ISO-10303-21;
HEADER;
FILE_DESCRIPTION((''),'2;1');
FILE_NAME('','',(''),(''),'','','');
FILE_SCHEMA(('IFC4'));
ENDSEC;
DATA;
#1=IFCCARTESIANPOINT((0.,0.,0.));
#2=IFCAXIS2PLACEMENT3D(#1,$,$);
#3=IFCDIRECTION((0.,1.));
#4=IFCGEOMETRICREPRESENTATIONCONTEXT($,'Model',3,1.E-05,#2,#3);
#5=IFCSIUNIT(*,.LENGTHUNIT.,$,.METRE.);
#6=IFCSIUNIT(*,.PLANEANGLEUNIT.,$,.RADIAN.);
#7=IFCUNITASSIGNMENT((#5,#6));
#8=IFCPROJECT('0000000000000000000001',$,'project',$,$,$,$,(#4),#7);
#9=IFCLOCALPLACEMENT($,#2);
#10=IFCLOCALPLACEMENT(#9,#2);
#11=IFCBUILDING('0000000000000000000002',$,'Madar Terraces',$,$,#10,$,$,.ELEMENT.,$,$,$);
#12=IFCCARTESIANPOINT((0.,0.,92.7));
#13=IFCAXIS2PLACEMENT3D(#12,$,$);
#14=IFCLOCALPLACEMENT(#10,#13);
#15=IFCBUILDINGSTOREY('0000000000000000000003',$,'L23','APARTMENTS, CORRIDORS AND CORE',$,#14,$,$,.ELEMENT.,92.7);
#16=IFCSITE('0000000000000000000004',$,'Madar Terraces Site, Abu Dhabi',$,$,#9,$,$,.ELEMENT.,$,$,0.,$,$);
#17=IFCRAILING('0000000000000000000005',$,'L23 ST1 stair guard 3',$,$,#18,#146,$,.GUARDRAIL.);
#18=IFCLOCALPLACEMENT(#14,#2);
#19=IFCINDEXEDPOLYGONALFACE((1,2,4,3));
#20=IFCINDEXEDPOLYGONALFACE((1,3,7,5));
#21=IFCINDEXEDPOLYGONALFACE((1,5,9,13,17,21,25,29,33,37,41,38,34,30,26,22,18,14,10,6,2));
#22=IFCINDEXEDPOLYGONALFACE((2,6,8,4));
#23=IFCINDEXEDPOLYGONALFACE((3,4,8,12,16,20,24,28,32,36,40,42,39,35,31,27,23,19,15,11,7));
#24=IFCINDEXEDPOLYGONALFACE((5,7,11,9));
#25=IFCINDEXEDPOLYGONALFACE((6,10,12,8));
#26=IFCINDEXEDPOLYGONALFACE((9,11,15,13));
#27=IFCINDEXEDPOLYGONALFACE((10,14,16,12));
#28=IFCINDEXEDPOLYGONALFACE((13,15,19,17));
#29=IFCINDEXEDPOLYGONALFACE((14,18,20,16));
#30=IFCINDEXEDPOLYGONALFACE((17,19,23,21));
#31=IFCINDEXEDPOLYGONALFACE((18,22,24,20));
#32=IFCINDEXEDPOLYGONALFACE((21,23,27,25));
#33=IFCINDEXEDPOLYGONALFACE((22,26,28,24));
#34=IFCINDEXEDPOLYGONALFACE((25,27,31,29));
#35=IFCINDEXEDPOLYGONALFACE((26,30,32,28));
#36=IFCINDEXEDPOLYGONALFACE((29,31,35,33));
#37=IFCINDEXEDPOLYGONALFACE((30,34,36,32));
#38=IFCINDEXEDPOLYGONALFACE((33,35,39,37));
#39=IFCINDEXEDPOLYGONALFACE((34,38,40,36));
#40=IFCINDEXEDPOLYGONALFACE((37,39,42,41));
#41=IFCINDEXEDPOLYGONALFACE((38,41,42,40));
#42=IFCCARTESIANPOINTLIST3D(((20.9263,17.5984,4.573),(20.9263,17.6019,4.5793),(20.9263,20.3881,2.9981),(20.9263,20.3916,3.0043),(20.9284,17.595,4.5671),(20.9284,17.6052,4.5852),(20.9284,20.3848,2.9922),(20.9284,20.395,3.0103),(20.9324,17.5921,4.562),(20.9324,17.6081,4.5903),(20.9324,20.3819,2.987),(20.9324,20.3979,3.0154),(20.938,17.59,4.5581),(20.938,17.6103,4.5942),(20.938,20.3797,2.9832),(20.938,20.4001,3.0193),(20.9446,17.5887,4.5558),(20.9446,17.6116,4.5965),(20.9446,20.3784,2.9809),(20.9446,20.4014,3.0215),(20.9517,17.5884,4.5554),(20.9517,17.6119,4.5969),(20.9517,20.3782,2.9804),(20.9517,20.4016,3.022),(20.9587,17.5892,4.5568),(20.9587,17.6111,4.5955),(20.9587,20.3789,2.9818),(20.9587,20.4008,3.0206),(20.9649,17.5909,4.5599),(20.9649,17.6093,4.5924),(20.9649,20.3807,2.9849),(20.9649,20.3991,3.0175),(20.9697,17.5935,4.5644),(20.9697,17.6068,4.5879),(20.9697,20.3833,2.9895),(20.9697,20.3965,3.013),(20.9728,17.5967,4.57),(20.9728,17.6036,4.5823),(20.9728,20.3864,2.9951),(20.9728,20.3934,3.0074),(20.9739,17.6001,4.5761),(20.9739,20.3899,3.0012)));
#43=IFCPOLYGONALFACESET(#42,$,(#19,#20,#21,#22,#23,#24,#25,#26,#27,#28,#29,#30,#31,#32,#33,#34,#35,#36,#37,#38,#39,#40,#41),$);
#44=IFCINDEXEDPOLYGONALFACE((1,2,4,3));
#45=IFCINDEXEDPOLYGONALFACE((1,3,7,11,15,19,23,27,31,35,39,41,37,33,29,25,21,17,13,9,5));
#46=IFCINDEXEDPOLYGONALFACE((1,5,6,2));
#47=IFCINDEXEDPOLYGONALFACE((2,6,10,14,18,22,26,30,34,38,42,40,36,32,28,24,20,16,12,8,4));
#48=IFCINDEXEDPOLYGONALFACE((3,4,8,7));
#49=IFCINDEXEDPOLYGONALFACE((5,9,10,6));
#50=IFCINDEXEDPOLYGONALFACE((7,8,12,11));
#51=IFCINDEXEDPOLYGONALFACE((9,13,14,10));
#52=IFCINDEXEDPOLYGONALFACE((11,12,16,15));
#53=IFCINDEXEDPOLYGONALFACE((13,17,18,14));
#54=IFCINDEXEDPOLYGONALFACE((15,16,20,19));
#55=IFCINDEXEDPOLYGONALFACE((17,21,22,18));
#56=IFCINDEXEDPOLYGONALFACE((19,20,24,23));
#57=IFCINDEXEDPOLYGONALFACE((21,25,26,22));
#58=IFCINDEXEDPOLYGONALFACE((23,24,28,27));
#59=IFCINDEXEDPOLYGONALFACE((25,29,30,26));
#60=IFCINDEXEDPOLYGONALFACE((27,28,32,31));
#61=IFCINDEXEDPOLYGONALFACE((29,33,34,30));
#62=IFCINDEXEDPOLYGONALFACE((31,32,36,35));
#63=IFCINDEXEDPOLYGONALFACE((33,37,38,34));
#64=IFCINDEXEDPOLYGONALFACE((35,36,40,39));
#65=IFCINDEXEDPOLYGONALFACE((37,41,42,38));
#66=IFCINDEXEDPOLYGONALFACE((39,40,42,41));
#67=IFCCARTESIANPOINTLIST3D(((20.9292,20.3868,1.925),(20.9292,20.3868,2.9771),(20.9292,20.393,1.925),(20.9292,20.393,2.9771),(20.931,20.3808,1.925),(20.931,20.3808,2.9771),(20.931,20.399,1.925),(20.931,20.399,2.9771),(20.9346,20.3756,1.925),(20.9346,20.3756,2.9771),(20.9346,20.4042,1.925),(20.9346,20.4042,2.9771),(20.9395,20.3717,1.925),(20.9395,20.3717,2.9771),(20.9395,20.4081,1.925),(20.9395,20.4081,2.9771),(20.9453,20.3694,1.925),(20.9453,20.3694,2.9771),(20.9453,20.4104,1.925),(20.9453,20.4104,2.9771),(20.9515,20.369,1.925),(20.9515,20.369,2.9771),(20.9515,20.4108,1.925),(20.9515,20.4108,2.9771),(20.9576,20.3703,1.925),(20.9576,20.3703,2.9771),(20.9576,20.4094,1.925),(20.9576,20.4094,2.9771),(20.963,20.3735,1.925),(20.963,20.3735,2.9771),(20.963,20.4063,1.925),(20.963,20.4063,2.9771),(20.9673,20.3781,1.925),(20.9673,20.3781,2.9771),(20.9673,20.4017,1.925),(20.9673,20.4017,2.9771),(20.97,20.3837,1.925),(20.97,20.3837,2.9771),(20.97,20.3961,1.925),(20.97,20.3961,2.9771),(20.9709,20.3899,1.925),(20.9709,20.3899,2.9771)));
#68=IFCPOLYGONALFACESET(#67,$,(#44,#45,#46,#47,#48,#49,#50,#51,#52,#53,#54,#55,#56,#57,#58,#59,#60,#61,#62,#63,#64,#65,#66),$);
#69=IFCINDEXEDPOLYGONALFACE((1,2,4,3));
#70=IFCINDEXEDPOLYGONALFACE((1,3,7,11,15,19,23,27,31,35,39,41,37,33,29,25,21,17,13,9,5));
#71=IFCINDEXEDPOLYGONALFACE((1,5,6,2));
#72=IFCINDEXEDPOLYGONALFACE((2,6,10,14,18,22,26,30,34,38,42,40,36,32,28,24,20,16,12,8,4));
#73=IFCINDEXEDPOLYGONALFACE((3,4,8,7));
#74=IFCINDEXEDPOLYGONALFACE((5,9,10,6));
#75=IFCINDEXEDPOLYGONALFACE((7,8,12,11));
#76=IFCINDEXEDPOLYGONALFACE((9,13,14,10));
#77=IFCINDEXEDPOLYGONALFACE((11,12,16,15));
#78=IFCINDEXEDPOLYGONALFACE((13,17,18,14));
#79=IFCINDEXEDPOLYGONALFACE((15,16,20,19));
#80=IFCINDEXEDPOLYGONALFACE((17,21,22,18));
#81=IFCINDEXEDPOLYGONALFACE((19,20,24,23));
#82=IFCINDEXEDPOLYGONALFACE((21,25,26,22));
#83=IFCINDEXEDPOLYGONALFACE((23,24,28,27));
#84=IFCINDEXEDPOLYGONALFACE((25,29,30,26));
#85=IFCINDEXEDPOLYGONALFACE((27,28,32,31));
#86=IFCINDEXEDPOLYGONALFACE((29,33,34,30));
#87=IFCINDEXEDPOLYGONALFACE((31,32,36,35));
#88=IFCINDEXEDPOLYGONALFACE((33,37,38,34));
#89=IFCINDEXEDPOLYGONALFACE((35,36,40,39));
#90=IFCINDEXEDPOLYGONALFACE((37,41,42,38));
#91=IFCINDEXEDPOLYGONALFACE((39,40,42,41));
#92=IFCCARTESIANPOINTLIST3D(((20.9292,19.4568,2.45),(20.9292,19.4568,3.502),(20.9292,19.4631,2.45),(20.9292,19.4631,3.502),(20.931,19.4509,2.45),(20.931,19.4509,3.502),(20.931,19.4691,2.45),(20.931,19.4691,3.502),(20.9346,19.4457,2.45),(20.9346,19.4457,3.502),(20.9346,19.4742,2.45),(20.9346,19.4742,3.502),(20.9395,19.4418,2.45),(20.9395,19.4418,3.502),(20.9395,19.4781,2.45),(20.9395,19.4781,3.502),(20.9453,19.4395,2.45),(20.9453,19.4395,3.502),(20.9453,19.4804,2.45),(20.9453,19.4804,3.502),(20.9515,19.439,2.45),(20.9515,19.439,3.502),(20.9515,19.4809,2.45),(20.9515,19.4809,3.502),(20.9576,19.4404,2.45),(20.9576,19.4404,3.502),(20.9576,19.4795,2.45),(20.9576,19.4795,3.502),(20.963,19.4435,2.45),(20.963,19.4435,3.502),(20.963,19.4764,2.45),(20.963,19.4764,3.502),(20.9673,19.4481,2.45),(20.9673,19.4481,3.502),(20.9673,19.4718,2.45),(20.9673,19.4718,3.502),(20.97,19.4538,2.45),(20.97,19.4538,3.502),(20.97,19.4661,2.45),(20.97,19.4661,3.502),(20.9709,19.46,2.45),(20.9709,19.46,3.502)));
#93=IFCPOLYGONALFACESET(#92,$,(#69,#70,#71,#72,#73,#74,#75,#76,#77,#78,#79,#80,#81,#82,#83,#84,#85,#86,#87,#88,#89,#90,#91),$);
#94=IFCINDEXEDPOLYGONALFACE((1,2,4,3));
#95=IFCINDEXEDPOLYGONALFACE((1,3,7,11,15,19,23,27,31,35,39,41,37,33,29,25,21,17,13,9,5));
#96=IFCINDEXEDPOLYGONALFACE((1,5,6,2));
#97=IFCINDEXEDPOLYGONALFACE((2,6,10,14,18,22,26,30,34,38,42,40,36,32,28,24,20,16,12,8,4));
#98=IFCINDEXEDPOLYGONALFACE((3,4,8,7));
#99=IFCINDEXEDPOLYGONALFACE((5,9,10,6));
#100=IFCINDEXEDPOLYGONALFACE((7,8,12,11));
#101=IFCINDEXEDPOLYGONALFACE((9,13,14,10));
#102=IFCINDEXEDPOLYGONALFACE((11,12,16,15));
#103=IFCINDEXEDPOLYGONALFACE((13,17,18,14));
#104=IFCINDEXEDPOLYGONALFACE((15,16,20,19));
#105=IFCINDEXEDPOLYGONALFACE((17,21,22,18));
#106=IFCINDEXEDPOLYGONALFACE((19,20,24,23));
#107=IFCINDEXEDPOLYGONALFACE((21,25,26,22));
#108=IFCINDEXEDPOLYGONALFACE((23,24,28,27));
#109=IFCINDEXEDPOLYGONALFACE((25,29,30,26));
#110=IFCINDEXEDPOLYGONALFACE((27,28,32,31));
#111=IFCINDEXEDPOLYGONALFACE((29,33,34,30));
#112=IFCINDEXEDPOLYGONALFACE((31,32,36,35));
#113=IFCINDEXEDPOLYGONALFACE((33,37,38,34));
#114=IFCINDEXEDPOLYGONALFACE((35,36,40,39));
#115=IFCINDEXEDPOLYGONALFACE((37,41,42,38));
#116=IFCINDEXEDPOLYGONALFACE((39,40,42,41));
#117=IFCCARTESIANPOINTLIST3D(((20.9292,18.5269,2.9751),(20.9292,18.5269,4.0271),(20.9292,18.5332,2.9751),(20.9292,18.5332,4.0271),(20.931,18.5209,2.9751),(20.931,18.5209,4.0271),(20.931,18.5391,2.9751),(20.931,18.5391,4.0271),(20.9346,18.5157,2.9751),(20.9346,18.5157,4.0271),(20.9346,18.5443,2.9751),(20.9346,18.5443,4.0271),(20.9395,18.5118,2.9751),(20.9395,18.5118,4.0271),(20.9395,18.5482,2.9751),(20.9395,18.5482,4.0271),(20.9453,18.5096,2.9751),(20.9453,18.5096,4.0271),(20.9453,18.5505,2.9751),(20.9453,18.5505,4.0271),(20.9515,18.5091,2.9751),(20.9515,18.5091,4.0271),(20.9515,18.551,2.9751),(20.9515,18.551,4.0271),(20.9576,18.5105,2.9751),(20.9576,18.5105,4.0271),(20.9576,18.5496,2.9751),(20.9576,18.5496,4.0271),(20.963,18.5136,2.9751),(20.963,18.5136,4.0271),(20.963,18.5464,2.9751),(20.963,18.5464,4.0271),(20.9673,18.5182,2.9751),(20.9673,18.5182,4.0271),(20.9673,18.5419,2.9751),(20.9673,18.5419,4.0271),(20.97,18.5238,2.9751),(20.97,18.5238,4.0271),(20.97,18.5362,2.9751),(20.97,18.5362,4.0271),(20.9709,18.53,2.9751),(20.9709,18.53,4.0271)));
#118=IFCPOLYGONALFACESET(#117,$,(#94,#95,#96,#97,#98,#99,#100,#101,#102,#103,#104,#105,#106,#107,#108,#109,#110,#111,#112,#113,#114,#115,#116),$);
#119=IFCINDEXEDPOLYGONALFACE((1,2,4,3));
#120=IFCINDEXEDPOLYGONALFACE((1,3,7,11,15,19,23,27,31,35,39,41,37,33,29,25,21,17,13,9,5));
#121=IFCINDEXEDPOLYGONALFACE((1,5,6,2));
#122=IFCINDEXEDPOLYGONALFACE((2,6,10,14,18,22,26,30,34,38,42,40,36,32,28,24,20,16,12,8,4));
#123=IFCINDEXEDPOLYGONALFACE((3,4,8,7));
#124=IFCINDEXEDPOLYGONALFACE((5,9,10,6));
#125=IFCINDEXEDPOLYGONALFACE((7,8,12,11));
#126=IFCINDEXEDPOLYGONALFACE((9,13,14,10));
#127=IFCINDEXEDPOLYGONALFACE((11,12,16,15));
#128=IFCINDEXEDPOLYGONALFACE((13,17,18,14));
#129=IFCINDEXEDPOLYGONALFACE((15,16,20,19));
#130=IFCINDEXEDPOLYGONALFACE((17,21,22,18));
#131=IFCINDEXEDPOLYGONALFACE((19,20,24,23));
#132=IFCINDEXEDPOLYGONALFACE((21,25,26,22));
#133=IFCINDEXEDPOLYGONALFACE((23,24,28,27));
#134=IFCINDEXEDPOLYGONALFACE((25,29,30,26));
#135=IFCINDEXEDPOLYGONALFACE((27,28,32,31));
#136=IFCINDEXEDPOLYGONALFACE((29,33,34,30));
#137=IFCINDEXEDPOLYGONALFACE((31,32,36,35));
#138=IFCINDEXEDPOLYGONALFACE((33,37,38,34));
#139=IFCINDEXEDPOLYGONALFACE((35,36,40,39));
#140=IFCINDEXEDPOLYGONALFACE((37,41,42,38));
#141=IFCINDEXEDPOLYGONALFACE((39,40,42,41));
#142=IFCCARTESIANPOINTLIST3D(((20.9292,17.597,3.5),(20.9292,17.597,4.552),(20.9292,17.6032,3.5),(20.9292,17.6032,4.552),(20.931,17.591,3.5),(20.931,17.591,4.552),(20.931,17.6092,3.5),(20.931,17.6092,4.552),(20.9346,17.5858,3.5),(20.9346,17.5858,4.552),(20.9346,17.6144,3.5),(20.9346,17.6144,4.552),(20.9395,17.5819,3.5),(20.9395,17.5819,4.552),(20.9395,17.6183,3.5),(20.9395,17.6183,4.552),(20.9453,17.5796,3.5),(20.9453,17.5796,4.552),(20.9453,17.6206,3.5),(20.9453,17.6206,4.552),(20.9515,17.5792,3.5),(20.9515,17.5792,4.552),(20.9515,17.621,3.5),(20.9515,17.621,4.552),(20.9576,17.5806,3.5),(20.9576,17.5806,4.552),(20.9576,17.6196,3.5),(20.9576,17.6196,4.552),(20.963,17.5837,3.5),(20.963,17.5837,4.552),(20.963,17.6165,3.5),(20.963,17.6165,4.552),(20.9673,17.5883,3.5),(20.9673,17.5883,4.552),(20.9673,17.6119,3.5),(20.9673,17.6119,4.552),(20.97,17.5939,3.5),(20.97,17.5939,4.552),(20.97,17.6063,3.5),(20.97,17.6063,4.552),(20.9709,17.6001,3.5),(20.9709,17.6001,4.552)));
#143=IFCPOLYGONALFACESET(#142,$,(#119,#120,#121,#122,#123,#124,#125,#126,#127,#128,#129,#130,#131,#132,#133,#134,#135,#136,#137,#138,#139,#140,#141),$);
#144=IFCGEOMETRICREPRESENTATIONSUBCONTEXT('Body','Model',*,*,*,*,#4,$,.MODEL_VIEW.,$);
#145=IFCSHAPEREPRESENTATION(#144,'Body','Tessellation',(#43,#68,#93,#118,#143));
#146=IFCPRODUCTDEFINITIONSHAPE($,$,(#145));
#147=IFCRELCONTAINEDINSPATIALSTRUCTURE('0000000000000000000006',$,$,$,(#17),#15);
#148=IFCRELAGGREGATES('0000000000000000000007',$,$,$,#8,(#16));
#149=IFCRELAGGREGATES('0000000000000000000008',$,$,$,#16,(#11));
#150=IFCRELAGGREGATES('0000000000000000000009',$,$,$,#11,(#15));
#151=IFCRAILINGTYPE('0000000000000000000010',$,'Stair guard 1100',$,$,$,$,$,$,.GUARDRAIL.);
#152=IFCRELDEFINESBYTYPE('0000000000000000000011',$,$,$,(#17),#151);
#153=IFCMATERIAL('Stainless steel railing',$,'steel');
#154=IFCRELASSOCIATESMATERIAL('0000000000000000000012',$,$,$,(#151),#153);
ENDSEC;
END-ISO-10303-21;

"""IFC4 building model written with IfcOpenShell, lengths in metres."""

from ifc_helpers import new_model, si_unit, direction, frame, origin, origin_2d, place, context, subcontext, project, spatial, circle, extrude, material, type_object, element, save


model = new_model("IFC4")

# Units and contexts
model_context = context("Model", 3, precision=1e-05, world=origin(), true_north=direction((0.0, 1.0)))
body_context = subcontext(model_context, "Body", "Model", "MODEL_VIEW")
ifc_project = project(units=[si_unit("LENGTHUNIT", "METRE"), si_unit("PLANEANGLEUNIT", "RADIAN")], contexts=[model_context])

# Site, building, storey
site_placement = place(None, origin())
site = spatial("IfcSite", under=ifc_project, at=site_placement, Name="Madar Terraces Site, Abu Dhabi", CompositionType="ELEMENT", RefElevation=0.0)
building_placement = place(site_placement, origin())
building = spatial("IfcBuilding", under=site, at=building_placement, Name="Madar Terraces", CompositionType="ELEMENT")
storey_placement = place(building_placement, frame((0.0, 0.0, 92.7)))
storey = spatial("IfcBuildingStorey", under=building, at=storey_placement, Name="L23", Description="APARTMENTS, CORRIDORS AND CORE", CompositionType="ELEMENT", Elevation=92.7)

# Railing
ifc_material_1 = material(Name="Stainless steel railing", Category="steel")
railing_type_1 = type_object("IfcRailingType", Name="Stair guard 1100", PredefinedType="GUARDRAIL", material=ifc_material_1)
railing_1_placement = place(storey_placement, frame((20.95, 20.3899, 1.925)))
element("IfcRailing", 1, at=railing_1_placement, inside=storey, type_object=railing_type_1, Name="L23 ST1 stair guard 3", PredefinedType="GUARDRAIL", context=body_context, shape_type="SweptSolid", body=[
    extrude(circle(Radius=0.0239, at=origin_2d()), frame((0.0, 0.0, 1.0762), z_axis=(0.0, -0.870815, 0.49161), x_axis=(1.0, 0.0, 0.0)), (0.0, 0.0, 1.0), 3.2036),
    extrude(circle(Radius=0.021, at=origin_2d()), origin(), (0.0, 0.0, 1.0), 1.052),
    extrude(circle(Radius=0.021, at=origin_2d()), frame((0.0, -0.9299, 0.5249)), (0.0, 0.0, 1.0), 1.052),
    extrude(circle(Radius=0.021, at=origin_2d()), frame((0.0, -1.8599, 1.05)), (0.0, 0.0, 1.0), 1.052),
    extrude(circle(Radius=0.021, at=origin_2d()), frame((0.0, -2.7898, 1.575)), (0.0, 0.0, 1.0), 1.052),
])

save(model, "model.ifc")
